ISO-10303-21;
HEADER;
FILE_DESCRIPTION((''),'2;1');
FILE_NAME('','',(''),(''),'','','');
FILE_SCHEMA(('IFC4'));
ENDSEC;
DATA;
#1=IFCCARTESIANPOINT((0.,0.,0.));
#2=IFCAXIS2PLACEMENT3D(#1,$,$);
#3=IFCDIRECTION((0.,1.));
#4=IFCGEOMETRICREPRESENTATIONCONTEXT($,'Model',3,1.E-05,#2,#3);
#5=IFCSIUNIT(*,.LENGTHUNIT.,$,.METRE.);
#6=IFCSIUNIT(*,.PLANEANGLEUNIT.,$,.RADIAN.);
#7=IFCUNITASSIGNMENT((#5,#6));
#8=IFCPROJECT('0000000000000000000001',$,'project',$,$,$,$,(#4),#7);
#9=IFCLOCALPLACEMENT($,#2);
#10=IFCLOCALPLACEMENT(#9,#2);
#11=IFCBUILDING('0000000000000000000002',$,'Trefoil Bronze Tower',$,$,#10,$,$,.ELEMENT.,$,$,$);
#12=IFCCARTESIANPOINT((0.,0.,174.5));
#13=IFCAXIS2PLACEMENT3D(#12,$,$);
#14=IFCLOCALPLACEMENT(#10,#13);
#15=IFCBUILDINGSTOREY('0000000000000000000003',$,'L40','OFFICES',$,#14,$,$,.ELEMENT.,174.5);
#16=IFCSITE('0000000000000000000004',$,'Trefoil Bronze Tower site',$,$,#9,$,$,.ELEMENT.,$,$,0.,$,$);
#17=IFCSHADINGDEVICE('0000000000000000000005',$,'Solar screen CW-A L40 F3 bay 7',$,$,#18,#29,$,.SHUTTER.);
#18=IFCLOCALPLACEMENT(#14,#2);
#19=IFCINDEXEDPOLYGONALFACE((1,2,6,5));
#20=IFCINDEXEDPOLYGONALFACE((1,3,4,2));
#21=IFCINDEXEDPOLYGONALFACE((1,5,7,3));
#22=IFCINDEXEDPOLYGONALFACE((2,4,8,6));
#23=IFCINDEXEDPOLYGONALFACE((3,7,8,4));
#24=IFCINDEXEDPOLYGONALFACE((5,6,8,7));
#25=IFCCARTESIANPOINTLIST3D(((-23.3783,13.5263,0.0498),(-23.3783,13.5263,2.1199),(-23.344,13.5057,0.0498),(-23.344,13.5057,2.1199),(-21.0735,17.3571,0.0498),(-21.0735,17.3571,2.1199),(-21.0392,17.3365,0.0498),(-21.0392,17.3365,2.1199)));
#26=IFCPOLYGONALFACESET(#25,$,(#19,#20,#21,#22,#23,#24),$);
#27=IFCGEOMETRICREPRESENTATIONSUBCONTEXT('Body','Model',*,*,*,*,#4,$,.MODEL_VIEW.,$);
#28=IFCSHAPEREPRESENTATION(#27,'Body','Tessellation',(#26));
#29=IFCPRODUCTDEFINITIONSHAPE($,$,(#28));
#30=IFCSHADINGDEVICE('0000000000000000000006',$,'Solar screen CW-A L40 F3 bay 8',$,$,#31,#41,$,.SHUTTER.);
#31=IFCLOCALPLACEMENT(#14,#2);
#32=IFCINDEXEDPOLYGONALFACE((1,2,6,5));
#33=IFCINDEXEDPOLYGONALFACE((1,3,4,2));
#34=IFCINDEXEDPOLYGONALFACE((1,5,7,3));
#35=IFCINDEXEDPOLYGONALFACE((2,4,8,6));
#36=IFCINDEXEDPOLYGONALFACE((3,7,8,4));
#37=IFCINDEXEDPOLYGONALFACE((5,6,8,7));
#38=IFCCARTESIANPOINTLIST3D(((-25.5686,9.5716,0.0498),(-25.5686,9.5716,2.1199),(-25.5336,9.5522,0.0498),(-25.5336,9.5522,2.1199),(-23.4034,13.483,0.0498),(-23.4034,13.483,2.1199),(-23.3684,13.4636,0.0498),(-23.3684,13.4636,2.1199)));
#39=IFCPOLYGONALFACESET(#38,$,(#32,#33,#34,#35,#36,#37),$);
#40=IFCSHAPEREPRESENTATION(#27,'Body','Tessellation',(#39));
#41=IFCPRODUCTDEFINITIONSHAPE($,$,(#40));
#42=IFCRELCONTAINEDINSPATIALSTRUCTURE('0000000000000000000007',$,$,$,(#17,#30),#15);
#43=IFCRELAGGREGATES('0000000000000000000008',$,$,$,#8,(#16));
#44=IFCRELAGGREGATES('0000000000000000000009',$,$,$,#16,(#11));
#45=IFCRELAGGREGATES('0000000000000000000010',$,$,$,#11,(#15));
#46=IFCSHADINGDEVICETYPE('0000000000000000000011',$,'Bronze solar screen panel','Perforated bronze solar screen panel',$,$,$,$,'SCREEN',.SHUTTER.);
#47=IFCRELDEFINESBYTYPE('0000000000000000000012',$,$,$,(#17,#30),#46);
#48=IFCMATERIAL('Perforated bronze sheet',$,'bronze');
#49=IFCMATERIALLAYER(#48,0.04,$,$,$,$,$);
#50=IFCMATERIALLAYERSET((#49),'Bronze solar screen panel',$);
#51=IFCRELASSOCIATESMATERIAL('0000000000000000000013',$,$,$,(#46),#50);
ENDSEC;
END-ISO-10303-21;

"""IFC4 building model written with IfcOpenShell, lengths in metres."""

from ifc_helpers import new_model, si_unit, direction, frame, origin, origin_2d, place, context, subcontext, project, spatial, rectangle, extrude, material, layer, layer_set, type_object, element, save


model = new_model("IFC4")

# Units and contexts
model_context = context("Model", 3, precision=1e-05, world=origin(), true_north=direction((0.0, 1.0)))
body_context = subcontext(model_context, "Body", "Model", "MODEL_VIEW")
ifc_project = project(units=[si_unit("LENGTHUNIT", "METRE"), si_unit("PLANEANGLEUNIT", "RADIAN")], contexts=[model_context])

# Site, building, storey
site_placement = place(None, origin())
site = spatial("IfcSite", under=ifc_project, at=site_placement, Name="Trefoil Bronze Tower site", CompositionType="ELEMENT", RefElevation=0.0)
building_placement = place(site_placement, origin())
building = spatial("IfcBuilding", under=site, at=building_placement, Name="Trefoil Bronze Tower", CompositionType="ELEMENT")
storey_placement = place(building_placement, frame((0.0, 0.0, 174.5)))
storey = spatial("IfcBuildingStorey", under=building, at=storey_placement, Name="L40", Description="OFFICES", CompositionType="ELEMENT", Elevation=174.5)

# Shading devices
ifc_material_1 = material(Name="Perforated bronze sheet", Category="bronze")
ifc_layer_1 = layer(ifc_material_1, 0.04)
ifc_layer_set_1 = layer_set([ifc_layer_1], Name="Bronze solar screen panel")
shading_device_type = type_object("IfcShadingDeviceType", Name="Bronze solar screen panel", Description="Perforated bronze solar screen panel", ElementType="SCREEN", PredefinedType="SHUTTER", material=ifc_layer_set_1)
for number, where, z_axis, x_axis, name in (
    (1, (-22.2087, 15.4314, 0.0498), (0.0, 0.0, 1.0), (-0.515525, -0.856874, 0.0), "Solar screen CW-A L40 F3 bay 7"),
    (2, (-24.4685, 11.5176, 0.0498), (0.0, 0.0, 1.0), (-0.484312, -0.874895, 0.0), "Solar screen CW-A L40 F3 bay 8"),
):
    element("IfcShadingDevice", number, at=place(storey_placement, frame(where, z_axis=z_axis, x_axis=x_axis)), inside=storey, type_object=shading_device_type, Name=name, PredefinedType="SHUTTER", context=body_context, shape_type="SweptSolid", body=[
        extrude(rectangle(XDim=4.4707, YDim=0.04, at=origin_2d()), origin(), (0.0, 0.0, 1.0), 2.0701),
    ])

save(model, "model.ifc")
